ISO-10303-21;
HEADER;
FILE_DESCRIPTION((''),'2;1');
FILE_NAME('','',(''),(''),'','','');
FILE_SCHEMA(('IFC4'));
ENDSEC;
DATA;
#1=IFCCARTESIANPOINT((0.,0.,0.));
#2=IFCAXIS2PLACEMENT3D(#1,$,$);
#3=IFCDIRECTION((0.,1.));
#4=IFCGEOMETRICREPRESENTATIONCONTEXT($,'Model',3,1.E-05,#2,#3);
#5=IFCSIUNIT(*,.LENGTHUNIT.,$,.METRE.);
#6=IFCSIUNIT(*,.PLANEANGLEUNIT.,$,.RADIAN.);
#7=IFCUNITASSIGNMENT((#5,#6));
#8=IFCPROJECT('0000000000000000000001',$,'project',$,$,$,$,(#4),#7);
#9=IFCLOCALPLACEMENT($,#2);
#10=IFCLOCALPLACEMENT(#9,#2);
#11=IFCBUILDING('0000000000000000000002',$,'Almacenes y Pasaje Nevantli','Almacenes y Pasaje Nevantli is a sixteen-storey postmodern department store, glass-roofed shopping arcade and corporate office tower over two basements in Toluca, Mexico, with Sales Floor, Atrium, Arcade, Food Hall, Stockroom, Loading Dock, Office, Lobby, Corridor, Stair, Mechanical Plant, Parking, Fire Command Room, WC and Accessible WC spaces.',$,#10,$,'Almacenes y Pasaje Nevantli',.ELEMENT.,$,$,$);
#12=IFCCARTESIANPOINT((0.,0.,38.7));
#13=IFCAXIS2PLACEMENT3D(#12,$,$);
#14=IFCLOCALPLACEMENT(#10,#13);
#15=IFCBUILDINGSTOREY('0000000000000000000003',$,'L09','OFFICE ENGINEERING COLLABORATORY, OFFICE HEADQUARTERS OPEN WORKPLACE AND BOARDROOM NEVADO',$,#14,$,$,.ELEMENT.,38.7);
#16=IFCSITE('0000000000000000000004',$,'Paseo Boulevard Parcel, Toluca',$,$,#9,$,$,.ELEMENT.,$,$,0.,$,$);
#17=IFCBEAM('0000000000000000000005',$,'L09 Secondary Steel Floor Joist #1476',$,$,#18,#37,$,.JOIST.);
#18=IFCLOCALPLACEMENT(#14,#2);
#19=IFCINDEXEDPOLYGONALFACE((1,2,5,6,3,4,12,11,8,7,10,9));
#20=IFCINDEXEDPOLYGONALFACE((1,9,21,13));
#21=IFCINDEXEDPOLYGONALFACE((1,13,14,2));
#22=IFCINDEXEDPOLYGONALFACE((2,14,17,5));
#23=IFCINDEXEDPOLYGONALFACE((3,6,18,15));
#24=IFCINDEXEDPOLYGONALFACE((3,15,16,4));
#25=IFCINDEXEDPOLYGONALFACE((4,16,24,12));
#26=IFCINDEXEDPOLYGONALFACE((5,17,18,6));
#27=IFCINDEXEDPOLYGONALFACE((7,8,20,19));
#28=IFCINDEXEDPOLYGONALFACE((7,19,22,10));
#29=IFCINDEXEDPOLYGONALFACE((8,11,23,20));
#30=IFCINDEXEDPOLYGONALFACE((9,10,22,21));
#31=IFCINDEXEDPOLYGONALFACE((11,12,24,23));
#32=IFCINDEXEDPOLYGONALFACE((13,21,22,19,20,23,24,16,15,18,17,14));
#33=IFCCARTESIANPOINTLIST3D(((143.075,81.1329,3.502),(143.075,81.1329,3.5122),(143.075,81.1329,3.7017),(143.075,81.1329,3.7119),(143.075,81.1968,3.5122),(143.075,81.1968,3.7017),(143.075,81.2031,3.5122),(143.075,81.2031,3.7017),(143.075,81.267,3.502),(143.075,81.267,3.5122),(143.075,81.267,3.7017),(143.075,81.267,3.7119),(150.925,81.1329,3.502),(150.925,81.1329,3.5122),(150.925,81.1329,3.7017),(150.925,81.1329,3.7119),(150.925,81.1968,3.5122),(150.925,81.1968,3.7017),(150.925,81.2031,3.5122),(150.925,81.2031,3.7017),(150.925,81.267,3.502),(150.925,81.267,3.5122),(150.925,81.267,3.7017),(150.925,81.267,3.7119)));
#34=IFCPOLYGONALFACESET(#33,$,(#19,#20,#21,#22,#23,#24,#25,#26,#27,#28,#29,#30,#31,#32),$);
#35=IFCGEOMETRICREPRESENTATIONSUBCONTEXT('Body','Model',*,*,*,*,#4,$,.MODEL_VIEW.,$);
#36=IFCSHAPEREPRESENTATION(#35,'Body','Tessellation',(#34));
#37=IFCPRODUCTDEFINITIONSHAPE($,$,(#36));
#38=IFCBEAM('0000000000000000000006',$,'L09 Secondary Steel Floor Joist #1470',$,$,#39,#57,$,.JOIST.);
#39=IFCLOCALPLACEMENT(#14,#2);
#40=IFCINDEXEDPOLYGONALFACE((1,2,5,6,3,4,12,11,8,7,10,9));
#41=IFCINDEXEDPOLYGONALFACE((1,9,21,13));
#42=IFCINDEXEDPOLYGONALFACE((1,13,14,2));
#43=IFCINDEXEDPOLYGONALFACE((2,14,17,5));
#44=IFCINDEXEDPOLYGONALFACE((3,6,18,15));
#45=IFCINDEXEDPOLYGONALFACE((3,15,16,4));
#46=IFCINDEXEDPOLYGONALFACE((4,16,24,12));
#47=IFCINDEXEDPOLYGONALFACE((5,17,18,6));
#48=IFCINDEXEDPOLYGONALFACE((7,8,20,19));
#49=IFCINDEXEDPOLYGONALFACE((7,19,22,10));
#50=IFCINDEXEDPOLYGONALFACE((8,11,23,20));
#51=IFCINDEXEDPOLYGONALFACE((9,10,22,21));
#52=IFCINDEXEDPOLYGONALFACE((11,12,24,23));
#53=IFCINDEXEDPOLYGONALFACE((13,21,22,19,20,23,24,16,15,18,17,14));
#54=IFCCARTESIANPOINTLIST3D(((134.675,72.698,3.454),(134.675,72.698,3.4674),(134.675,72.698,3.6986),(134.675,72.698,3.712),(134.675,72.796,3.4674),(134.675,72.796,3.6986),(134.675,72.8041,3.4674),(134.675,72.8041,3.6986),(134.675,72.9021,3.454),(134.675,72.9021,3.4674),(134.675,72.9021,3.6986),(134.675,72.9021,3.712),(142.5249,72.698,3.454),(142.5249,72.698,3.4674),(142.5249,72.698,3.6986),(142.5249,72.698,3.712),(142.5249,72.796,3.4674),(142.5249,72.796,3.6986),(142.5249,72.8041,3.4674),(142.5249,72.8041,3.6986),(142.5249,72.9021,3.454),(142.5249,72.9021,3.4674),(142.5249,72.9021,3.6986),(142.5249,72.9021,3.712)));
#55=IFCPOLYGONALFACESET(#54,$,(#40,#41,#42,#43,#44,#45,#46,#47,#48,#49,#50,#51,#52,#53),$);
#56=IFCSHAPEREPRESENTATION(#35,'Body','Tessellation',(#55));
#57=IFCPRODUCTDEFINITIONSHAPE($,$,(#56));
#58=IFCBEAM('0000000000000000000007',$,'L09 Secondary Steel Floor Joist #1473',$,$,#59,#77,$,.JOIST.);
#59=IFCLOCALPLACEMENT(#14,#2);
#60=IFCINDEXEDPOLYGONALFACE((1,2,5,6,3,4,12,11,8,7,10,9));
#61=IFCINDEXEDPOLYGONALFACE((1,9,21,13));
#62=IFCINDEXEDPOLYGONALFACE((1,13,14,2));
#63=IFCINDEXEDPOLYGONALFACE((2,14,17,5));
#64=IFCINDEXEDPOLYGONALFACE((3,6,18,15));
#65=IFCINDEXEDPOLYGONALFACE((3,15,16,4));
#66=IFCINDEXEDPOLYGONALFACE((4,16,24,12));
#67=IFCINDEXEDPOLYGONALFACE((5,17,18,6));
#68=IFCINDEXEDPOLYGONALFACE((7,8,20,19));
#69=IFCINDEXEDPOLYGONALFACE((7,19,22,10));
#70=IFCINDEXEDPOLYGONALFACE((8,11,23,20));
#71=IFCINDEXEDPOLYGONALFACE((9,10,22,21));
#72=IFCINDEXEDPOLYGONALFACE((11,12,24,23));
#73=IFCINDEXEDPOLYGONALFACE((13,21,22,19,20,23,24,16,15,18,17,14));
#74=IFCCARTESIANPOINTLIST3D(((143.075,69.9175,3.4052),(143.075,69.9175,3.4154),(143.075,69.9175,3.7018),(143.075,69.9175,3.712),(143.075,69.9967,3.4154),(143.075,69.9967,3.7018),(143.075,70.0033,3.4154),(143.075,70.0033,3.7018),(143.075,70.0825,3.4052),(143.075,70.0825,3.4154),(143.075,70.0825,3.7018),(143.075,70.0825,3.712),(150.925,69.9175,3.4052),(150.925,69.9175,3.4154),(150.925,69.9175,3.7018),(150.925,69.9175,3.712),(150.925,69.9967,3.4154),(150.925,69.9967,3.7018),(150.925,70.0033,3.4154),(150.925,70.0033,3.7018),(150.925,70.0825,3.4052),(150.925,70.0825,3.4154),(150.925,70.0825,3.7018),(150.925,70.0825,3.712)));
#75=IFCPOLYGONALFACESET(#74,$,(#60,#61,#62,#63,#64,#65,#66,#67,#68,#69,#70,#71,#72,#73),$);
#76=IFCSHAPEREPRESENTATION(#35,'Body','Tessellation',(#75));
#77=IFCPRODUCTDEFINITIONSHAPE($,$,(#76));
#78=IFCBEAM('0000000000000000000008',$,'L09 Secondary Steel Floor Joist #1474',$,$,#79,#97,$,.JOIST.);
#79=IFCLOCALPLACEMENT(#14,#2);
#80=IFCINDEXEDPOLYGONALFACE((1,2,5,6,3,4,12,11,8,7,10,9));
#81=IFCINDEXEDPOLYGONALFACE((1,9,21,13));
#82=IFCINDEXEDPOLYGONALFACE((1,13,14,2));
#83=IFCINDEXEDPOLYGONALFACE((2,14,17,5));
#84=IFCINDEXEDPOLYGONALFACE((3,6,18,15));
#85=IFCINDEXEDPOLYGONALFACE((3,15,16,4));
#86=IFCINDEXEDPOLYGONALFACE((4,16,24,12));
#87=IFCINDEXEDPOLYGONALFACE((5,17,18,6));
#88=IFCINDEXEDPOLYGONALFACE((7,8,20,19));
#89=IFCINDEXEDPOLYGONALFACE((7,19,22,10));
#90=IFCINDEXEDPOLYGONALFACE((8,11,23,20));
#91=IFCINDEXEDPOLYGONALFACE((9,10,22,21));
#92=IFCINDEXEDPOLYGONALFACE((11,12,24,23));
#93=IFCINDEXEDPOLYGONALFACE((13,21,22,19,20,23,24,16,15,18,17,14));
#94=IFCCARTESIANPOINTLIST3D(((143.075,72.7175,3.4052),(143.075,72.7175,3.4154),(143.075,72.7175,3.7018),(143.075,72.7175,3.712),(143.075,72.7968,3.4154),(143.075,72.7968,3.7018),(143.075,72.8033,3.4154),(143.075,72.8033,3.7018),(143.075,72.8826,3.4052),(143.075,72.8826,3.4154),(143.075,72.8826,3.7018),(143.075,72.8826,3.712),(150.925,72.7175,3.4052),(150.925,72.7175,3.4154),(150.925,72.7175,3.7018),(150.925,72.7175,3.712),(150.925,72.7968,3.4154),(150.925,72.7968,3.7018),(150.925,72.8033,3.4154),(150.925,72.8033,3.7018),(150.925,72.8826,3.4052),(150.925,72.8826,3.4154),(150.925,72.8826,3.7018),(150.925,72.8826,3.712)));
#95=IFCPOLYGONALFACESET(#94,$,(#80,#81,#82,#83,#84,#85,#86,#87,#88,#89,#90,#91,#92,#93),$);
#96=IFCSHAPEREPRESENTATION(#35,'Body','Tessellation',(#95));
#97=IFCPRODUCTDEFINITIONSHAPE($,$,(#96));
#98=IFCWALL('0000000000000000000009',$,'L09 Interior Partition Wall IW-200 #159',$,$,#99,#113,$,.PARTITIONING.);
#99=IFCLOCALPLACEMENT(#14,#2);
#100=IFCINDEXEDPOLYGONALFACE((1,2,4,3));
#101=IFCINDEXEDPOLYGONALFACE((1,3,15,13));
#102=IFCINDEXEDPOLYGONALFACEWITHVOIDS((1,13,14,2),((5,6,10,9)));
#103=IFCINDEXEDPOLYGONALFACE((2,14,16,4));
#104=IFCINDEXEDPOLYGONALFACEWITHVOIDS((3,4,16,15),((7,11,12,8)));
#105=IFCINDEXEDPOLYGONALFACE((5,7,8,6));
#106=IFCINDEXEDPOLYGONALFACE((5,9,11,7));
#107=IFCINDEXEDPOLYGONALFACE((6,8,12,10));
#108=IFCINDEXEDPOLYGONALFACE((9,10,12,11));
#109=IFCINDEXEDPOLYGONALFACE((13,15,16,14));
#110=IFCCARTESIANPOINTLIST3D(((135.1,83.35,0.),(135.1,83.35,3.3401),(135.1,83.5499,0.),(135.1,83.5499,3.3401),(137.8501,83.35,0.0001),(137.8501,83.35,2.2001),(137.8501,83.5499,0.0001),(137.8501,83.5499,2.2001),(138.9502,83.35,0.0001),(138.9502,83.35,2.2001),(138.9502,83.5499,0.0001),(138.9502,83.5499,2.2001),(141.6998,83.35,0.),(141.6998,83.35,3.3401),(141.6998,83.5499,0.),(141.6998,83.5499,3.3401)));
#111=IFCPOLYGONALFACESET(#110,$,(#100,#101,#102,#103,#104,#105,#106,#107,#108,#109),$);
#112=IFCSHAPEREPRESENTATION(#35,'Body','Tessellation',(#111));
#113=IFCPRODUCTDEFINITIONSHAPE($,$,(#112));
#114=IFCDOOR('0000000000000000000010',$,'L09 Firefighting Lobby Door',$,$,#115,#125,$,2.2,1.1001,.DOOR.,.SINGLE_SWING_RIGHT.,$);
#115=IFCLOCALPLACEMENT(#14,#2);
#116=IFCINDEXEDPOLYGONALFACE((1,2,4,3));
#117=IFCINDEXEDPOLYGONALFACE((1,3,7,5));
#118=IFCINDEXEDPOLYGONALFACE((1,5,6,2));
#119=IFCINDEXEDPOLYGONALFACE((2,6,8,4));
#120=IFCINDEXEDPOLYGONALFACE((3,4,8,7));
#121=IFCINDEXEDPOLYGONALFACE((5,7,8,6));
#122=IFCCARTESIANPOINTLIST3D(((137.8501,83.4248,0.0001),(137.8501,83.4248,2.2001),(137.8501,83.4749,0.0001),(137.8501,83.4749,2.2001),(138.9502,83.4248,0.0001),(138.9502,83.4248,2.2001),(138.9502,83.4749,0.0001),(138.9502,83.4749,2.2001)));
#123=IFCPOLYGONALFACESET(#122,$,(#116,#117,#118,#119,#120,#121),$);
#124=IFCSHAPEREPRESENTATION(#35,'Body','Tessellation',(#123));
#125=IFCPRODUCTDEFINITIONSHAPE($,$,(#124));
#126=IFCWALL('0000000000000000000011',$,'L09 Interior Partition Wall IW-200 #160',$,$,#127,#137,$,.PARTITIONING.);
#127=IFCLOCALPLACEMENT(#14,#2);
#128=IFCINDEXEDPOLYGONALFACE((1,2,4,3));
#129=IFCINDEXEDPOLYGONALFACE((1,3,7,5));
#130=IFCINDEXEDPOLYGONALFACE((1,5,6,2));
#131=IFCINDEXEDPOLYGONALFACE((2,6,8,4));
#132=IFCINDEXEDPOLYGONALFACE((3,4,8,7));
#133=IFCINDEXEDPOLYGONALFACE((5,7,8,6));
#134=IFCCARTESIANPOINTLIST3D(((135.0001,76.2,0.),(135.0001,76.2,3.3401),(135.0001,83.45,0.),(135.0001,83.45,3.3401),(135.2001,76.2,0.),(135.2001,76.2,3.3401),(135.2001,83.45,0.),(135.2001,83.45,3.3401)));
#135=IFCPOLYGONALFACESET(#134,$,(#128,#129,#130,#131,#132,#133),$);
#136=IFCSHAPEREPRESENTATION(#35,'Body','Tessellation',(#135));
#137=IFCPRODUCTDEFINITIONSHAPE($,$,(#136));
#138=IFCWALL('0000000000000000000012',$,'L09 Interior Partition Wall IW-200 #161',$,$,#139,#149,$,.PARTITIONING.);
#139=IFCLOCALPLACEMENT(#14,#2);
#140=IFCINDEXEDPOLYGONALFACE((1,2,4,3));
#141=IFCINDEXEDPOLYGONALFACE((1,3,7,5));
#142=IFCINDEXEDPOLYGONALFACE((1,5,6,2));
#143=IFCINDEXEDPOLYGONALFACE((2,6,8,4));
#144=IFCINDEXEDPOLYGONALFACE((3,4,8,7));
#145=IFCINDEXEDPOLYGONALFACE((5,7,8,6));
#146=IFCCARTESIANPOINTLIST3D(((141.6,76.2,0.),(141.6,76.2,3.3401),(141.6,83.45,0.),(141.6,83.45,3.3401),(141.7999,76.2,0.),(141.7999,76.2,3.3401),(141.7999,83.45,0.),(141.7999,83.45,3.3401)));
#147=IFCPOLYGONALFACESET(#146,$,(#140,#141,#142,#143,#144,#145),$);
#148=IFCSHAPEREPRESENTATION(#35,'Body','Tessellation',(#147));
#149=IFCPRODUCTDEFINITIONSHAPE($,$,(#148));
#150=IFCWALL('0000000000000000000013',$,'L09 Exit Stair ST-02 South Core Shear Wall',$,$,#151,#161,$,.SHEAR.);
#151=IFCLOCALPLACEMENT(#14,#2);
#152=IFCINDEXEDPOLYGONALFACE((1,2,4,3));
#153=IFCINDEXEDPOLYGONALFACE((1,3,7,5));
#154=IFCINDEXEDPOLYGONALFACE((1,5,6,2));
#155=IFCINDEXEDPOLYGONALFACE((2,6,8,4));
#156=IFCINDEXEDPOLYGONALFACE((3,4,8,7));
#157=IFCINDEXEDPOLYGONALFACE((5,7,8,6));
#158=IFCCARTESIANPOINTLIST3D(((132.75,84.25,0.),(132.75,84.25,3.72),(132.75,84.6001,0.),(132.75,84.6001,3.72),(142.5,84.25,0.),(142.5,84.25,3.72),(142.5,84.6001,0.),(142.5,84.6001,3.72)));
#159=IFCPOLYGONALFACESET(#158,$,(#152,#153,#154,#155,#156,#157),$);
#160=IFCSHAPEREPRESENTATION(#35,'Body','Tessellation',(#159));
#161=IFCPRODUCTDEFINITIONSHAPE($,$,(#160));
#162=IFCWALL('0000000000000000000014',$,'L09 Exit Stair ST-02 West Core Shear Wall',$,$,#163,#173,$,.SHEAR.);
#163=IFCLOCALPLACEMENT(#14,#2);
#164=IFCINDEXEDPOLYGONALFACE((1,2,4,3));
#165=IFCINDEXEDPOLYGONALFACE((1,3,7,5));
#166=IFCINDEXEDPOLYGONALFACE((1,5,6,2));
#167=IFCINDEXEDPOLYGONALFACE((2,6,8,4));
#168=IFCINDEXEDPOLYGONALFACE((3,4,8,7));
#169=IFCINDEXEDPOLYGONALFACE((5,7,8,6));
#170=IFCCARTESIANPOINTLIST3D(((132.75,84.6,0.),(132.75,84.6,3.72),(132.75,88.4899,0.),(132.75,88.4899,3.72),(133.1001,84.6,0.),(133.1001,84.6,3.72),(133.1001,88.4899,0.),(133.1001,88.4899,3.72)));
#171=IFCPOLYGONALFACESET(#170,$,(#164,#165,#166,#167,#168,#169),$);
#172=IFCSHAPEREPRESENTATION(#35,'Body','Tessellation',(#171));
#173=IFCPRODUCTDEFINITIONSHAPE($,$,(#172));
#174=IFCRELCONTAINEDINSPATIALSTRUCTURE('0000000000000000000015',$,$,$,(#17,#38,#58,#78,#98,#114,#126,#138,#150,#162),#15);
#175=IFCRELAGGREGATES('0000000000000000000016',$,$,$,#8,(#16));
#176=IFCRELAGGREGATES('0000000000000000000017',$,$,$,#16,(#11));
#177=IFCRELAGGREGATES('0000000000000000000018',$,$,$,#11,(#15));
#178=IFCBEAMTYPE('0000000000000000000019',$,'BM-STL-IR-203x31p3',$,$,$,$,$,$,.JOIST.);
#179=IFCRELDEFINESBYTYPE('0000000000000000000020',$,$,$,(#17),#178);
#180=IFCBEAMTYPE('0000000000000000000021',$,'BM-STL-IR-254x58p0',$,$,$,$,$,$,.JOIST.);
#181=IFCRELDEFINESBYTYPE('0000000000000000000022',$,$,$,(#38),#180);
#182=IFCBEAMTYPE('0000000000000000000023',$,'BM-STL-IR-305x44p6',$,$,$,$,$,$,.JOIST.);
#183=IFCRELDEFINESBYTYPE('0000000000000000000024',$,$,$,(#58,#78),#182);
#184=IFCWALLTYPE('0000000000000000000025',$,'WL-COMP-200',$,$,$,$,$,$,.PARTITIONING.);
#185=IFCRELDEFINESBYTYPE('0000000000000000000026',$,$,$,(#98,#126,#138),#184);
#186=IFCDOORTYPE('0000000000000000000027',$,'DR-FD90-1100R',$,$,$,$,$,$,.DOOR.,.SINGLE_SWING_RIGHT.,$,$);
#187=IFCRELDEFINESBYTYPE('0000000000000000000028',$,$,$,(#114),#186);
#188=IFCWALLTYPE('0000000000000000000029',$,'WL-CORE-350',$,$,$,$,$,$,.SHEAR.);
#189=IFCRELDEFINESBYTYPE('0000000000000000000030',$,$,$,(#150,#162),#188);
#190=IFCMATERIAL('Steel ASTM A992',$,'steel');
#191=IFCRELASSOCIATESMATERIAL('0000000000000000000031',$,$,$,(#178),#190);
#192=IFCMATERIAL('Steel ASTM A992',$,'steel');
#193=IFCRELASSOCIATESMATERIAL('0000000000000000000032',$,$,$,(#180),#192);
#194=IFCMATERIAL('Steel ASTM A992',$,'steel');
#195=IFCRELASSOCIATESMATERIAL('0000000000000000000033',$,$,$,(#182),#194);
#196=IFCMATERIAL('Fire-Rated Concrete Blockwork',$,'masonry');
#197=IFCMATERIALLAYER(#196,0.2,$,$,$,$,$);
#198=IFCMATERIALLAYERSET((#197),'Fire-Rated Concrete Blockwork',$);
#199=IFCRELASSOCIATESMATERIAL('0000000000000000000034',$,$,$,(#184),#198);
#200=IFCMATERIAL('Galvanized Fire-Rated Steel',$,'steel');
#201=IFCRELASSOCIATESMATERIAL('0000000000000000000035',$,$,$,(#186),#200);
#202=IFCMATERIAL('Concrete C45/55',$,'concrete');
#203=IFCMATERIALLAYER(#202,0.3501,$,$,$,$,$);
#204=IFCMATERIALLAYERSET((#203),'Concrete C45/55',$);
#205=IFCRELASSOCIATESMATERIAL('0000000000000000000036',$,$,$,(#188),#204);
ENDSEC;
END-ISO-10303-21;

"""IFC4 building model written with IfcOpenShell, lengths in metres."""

from ifc_helpers import new_model, si_unit, direction, frame, frame_2d, origin, origin_2d, place, context, subcontext, project, spatial, rectangle, i_section, extrude, material, layer, layer_set, material_profile, profile_set, type_object, element, fill, save


model = new_model("IFC4")

# Units and contexts
model_context = context("Model", 3, precision=1e-05, world=origin(), true_north=direction((0.0, 1.0)))
body_context = subcontext(model_context, "Body", "Model", "MODEL_VIEW")
ifc_project = project(units=[si_unit("LENGTHUNIT", "METRE"), si_unit("PLANEANGLEUNIT", "RADIAN")], contexts=[model_context])

# Site, building, storey
site_placement = place(None, origin())
site = spatial("IfcSite", under=ifc_project, at=site_placement, Name="Paseo Boulevard Parcel, Toluca", CompositionType="ELEMENT", RefElevation=0.0)
building_placement = place(site_placement, origin())
building = spatial("IfcBuilding", under=site, at=building_placement, Name="Almacenes y Pasaje Nevantli", Description="Almacenes y Pasaje Nevantli is a sixteen-storey postmodern department store, glass-roofed shopping arcade and corporate office tower over two basements in Toluca, Mexico, with Sales Floor, Atrium, Arcade, Food Hall, Stockroom, Loading Dock, Office, Lobby, Corridor, Stair, Mechanical Plant, Parking, Fire Command Room, WC and Accessible WC spaces.", LongName="Almacenes y Pasaje Nevantli", CompositionType="ELEMENT")
storey_placement = place(building_placement, frame((0.0, 0.0, 38.7)))
storey = spatial("IfcBuildingStorey", under=building, at=storey_placement, Name="L09", Description="OFFICE ENGINEERING COLLABORATORY, OFFICE HEADQUARTERS OPEN WORKPLACE AND BOARDROOM NEVADO", CompositionType="ELEMENT", Elevation=38.7)

# Beams
ifc_material_1 = material(Name="Steel ASTM A992", Category="steel")
ifc_material_profile_1 = material_profile(ifc_material_1, i_section(OverallWidth=0.134, OverallDepth=0.21, WebThickness=0.0063, FlangeThickness=0.0103, at=origin_2d()), Name="IR 203x31.3")
ifc_profile_set_1 = profile_set([ifc_material_profile_1], Name="Steel ASTM A992")
beam_type_1 = type_object("IfcBeamType", Name="BM-STL-IR-203x31p3", PredefinedType="JOIST", material=ifc_profile_set_1)
for number, where, z_axis, x_axis, name in (
    (1, (143.075, 81.2, 3.6069), (1.0, 0.0, 0.0), (0.0, 1.0, 0.0), "L09 Secondary Steel Floor Joist #1476"),
):
    element("IfcBeam", number, at=place(storey_placement, frame(where, z_axis=z_axis, x_axis=x_axis)), inside=storey, type_object=beam_type_1, Name=name, PredefinedType="JOIST", context=body_context, shape_type="SweptSolid", body=[
        extrude(i_section(OverallWidth=0.134, OverallDepth=0.21, WebThickness=0.0063, FlangeThickness=0.0103, at=origin_2d()), origin(), (0.0, 0.0, 1.0), 7.8501),
    ])
ifc_material_2 = material(Name="Steel ASTM A992", Category="steel")
ifc_material_profile_2 = material_profile(ifc_material_2, i_section(OverallWidth=0.2041, OverallDepth=0.2581, WebThickness=0.0081, FlangeThickness=0.0134, at=origin_2d()), Name="IR 254x58.0")
ifc_profile_set_2 = profile_set([ifc_material_profile_2], Name="Steel ASTM A992")
beam_type_2 = type_object("IfcBeamType", Name="BM-STL-IR-254x58p0", PredefinedType="JOIST", material=ifc_profile_set_2)
beam_1_placement = place(storey_placement, frame((134.675, 72.8, 3.583), z_axis=(1.0, 0.0, 0.0), x_axis=(0.0, 1.0, 0.0)))
element("IfcBeam", 2, at=beam_1_placement, inside=storey, type_object=beam_type_2, Name="L09 Secondary Steel Floor Joist #1470", PredefinedType="JOIST", context=body_context, shape_type="SweptSolid", body=[
    extrude(i_section(OverallWidth=0.2041, OverallDepth=0.2581, WebThickness=0.0081, FlangeThickness=0.0134, at=origin_2d()), origin(), (0.0, 0.0, 1.0), 7.8499),
])
ifc_material_3 = material(Name="Steel ASTM A992", Category="steel")
ifc_material_profile_3 = material_profile(ifc_material_3, i_section(OverallWidth=0.165, OverallDepth=0.3069, WebThickness=0.0066, FlangeThickness=0.0103, at=origin_2d()), Name="IR 305x44.6")
ifc_profile_set_3 = profile_set([ifc_material_profile_3], Name="Steel ASTM A992")
beam_type_3 = type_object("IfcBeamType", Name="BM-STL-IR-305x44p6", PredefinedType="JOIST", material=ifc_profile_set_3)
for number, where, z_axis, x_axis, name in (
    (3, (143.075, 70.0, 3.5586), (1.0, 0.0, 0.0), (0.0, 1.0, 0.0), "L09 Secondary Steel Floor Joist #1473"),
    (4, (143.075, 72.8, 3.5586), (1.0, 0.0, 0.0), (0.0, 1.0, 0.0), "L09 Secondary Steel Floor Joist #1474"),
):
    element("IfcBeam", number, at=place(storey_placement, frame(where, z_axis=z_axis, x_axis=x_axis)), inside=storey, type_object=beam_type_3, Name=name, PredefinedType="JOIST", context=body_context, shape_type="SweptSolid", body=[
        extrude(i_section(OverallWidth=0.165, OverallDepth=0.3069, WebThickness=0.0066, FlangeThickness=0.0103, at=origin_2d()), origin(), (0.0, 0.0, 1.0), 7.8501),
    ])

# Wall, opening, door
ifc_material_4 = material(Name="Fire-Rated Concrete Blockwork", Category="masonry")
ifc_layer_1 = layer(ifc_material_4, 0.2)
ifc_layer_set_1 = layer_set([ifc_layer_1], Name="Fire-Rated Concrete Blockwork")
wall_type_1 = type_object("IfcWallType", Name="WL-COMP-200", PredefinedType="PARTITIONING", material=ifc_layer_set_1)
wall_1_placement = place(storey_placement, frame((135.1001, 83.45, 0.0), z_axis=(0.0, 0.0, 1.0), x_axis=(1.0, 0.0, 0.0)))
wall_1 = element("IfcWall", 5, at=wall_1_placement, inside=storey, type_object=wall_type_1, Name="L09 Interior Partition Wall IW-200 #159", PredefinedType="PARTITIONING", context=body_context, shape_type="SweptSolid", body=[
    extrude(rectangle(XDim=6.5999, YDim=0.2, at=frame_2d((3.2998, 0.0))), origin(), (0.0, 0.0, 1.0), 3.3401),
])
opening_1_placement = place(wall_1_placement, frame((2.75, 0.0, 0.0)))
opening_1 = element("IfcOpeningElement", 6, at=opening_1_placement, cuts=wall_1, PredefinedType="OPENING", context=body_context, shape_type="SweptSolid", body=[
    extrude(rectangle(XDim=1.1001, YDim=2.2, at=frame_2d((0.55, 1.1001))), frame((0.0, 0.1099, 0.0), z_axis=(0.0, -1.0, 0.0), x_axis=(1.0, 0.0, 0.0)), (0.0, 0.0, 1.0), 0.22),
])
ifc_material_5 = material(Name="Galvanized Fire-Rated Steel", Category="steel")
door_type_1 = type_object("IfcDoorType", Name="DR-FD90-1100R", OperationType="SINGLE_SWING_RIGHT", PredefinedType="DOOR", material=ifc_material_5)
door_1_placement = place(opening_1_placement, origin())
door_1 = element("IfcDoor", 7, at=door_1_placement, inside=storey, type_object=door_type_1, Name="L09 Firefighting Lobby Door", OperationType="SINGLE_SWING_RIGHT", OverallHeight=2.2, OverallWidth=1.1001, PredefinedType="DOOR", context=body_context, shape_type="SweptSolid", body=[
    extrude(rectangle(XDim=1.1001, YDim=2.2, at=frame_2d((0.55, 1.1001))), frame((0.0, 0.0249, 0.0), z_axis=(0.0, -1.0, 0.0), x_axis=(1.0, 0.0, 0.0)), (0.0, 0.0, 1.0), 0.05),
])
fill(opening_1, door_1)

# Walls
for number, where, z_axis, x_axis, name in (
    (8, (135.1001, 76.2, 0.0), (0.0, 0.0, 1.0), (0.0, 1.0, 0.0), "L09 Interior Partition Wall IW-200 #160"),
    (9, (141.7, 76.2, 0.0), (0.0, 0.0, 1.0), (0.0, 1.0, 0.0), "L09 Interior Partition Wall IW-200 #161"),
):
    element("IfcWall", number, at=place(storey_placement, frame(where, z_axis=z_axis, x_axis=x_axis)), inside=storey, type_object=wall_type_1, Name=name, PredefinedType="PARTITIONING", context=body_context, shape_type="SweptSolid", body=[
        extrude(rectangle(XDim=7.25, YDim=0.2, at=frame_2d((3.625, 0.0))), origin(), (0.0, 0.0, 1.0), 3.3401),
    ])
ifc_material_6 = material(Name="Concrete C45/55", Category="concrete")
ifc_layer_2 = layer(ifc_material_6, 0.3501)
ifc_layer_set_2 = layer_set([ifc_layer_2], Name="Concrete C45/55")
wall_type_2 = type_object("IfcWallType", Name="WL-CORE-350", PredefinedType="SHEAR", material=ifc_layer_set_2)
wall_2_placement = place(storey_placement, frame((132.75, 84.425, 0.0), z_axis=(0.0, 0.0, 1.0), x_axis=(1.0, 0.0, 0.0)))
element("IfcWall", 10, at=wall_2_placement, inside=storey, type_object=wall_type_2, Name="L09 Exit Stair ST-02 South Core Shear Wall", PredefinedType="SHEAR", context=body_context, shape_type="SweptSolid", body=[
    extrude(rectangle(XDim=9.75, YDim=0.3501, at=frame_2d((4.875, 0.0))), origin(), (0.0, 0.0, 1.0), 3.72),
])
wall_3_placement = place(storey_placement, frame((132.925, 84.6001, 0.0), z_axis=(0.0, 0.0, 1.0), x_axis=(0.0, 1.0, 0.0)))
element("IfcWall", 11, at=wall_3_placement, inside=storey, type_object=wall_type_2, Name="L09 Exit Stair ST-02 West Core Shear Wall", PredefinedType="SHEAR", context=body_context, shape_type="SweptSolid", body=[
    extrude(rectangle(XDim=3.8899, YDim=0.3501, at=frame_2d((1.9448, 0.0))), origin(), (0.0, 0.0, 1.0), 3.72),
])

save(model, "model.ifc")
